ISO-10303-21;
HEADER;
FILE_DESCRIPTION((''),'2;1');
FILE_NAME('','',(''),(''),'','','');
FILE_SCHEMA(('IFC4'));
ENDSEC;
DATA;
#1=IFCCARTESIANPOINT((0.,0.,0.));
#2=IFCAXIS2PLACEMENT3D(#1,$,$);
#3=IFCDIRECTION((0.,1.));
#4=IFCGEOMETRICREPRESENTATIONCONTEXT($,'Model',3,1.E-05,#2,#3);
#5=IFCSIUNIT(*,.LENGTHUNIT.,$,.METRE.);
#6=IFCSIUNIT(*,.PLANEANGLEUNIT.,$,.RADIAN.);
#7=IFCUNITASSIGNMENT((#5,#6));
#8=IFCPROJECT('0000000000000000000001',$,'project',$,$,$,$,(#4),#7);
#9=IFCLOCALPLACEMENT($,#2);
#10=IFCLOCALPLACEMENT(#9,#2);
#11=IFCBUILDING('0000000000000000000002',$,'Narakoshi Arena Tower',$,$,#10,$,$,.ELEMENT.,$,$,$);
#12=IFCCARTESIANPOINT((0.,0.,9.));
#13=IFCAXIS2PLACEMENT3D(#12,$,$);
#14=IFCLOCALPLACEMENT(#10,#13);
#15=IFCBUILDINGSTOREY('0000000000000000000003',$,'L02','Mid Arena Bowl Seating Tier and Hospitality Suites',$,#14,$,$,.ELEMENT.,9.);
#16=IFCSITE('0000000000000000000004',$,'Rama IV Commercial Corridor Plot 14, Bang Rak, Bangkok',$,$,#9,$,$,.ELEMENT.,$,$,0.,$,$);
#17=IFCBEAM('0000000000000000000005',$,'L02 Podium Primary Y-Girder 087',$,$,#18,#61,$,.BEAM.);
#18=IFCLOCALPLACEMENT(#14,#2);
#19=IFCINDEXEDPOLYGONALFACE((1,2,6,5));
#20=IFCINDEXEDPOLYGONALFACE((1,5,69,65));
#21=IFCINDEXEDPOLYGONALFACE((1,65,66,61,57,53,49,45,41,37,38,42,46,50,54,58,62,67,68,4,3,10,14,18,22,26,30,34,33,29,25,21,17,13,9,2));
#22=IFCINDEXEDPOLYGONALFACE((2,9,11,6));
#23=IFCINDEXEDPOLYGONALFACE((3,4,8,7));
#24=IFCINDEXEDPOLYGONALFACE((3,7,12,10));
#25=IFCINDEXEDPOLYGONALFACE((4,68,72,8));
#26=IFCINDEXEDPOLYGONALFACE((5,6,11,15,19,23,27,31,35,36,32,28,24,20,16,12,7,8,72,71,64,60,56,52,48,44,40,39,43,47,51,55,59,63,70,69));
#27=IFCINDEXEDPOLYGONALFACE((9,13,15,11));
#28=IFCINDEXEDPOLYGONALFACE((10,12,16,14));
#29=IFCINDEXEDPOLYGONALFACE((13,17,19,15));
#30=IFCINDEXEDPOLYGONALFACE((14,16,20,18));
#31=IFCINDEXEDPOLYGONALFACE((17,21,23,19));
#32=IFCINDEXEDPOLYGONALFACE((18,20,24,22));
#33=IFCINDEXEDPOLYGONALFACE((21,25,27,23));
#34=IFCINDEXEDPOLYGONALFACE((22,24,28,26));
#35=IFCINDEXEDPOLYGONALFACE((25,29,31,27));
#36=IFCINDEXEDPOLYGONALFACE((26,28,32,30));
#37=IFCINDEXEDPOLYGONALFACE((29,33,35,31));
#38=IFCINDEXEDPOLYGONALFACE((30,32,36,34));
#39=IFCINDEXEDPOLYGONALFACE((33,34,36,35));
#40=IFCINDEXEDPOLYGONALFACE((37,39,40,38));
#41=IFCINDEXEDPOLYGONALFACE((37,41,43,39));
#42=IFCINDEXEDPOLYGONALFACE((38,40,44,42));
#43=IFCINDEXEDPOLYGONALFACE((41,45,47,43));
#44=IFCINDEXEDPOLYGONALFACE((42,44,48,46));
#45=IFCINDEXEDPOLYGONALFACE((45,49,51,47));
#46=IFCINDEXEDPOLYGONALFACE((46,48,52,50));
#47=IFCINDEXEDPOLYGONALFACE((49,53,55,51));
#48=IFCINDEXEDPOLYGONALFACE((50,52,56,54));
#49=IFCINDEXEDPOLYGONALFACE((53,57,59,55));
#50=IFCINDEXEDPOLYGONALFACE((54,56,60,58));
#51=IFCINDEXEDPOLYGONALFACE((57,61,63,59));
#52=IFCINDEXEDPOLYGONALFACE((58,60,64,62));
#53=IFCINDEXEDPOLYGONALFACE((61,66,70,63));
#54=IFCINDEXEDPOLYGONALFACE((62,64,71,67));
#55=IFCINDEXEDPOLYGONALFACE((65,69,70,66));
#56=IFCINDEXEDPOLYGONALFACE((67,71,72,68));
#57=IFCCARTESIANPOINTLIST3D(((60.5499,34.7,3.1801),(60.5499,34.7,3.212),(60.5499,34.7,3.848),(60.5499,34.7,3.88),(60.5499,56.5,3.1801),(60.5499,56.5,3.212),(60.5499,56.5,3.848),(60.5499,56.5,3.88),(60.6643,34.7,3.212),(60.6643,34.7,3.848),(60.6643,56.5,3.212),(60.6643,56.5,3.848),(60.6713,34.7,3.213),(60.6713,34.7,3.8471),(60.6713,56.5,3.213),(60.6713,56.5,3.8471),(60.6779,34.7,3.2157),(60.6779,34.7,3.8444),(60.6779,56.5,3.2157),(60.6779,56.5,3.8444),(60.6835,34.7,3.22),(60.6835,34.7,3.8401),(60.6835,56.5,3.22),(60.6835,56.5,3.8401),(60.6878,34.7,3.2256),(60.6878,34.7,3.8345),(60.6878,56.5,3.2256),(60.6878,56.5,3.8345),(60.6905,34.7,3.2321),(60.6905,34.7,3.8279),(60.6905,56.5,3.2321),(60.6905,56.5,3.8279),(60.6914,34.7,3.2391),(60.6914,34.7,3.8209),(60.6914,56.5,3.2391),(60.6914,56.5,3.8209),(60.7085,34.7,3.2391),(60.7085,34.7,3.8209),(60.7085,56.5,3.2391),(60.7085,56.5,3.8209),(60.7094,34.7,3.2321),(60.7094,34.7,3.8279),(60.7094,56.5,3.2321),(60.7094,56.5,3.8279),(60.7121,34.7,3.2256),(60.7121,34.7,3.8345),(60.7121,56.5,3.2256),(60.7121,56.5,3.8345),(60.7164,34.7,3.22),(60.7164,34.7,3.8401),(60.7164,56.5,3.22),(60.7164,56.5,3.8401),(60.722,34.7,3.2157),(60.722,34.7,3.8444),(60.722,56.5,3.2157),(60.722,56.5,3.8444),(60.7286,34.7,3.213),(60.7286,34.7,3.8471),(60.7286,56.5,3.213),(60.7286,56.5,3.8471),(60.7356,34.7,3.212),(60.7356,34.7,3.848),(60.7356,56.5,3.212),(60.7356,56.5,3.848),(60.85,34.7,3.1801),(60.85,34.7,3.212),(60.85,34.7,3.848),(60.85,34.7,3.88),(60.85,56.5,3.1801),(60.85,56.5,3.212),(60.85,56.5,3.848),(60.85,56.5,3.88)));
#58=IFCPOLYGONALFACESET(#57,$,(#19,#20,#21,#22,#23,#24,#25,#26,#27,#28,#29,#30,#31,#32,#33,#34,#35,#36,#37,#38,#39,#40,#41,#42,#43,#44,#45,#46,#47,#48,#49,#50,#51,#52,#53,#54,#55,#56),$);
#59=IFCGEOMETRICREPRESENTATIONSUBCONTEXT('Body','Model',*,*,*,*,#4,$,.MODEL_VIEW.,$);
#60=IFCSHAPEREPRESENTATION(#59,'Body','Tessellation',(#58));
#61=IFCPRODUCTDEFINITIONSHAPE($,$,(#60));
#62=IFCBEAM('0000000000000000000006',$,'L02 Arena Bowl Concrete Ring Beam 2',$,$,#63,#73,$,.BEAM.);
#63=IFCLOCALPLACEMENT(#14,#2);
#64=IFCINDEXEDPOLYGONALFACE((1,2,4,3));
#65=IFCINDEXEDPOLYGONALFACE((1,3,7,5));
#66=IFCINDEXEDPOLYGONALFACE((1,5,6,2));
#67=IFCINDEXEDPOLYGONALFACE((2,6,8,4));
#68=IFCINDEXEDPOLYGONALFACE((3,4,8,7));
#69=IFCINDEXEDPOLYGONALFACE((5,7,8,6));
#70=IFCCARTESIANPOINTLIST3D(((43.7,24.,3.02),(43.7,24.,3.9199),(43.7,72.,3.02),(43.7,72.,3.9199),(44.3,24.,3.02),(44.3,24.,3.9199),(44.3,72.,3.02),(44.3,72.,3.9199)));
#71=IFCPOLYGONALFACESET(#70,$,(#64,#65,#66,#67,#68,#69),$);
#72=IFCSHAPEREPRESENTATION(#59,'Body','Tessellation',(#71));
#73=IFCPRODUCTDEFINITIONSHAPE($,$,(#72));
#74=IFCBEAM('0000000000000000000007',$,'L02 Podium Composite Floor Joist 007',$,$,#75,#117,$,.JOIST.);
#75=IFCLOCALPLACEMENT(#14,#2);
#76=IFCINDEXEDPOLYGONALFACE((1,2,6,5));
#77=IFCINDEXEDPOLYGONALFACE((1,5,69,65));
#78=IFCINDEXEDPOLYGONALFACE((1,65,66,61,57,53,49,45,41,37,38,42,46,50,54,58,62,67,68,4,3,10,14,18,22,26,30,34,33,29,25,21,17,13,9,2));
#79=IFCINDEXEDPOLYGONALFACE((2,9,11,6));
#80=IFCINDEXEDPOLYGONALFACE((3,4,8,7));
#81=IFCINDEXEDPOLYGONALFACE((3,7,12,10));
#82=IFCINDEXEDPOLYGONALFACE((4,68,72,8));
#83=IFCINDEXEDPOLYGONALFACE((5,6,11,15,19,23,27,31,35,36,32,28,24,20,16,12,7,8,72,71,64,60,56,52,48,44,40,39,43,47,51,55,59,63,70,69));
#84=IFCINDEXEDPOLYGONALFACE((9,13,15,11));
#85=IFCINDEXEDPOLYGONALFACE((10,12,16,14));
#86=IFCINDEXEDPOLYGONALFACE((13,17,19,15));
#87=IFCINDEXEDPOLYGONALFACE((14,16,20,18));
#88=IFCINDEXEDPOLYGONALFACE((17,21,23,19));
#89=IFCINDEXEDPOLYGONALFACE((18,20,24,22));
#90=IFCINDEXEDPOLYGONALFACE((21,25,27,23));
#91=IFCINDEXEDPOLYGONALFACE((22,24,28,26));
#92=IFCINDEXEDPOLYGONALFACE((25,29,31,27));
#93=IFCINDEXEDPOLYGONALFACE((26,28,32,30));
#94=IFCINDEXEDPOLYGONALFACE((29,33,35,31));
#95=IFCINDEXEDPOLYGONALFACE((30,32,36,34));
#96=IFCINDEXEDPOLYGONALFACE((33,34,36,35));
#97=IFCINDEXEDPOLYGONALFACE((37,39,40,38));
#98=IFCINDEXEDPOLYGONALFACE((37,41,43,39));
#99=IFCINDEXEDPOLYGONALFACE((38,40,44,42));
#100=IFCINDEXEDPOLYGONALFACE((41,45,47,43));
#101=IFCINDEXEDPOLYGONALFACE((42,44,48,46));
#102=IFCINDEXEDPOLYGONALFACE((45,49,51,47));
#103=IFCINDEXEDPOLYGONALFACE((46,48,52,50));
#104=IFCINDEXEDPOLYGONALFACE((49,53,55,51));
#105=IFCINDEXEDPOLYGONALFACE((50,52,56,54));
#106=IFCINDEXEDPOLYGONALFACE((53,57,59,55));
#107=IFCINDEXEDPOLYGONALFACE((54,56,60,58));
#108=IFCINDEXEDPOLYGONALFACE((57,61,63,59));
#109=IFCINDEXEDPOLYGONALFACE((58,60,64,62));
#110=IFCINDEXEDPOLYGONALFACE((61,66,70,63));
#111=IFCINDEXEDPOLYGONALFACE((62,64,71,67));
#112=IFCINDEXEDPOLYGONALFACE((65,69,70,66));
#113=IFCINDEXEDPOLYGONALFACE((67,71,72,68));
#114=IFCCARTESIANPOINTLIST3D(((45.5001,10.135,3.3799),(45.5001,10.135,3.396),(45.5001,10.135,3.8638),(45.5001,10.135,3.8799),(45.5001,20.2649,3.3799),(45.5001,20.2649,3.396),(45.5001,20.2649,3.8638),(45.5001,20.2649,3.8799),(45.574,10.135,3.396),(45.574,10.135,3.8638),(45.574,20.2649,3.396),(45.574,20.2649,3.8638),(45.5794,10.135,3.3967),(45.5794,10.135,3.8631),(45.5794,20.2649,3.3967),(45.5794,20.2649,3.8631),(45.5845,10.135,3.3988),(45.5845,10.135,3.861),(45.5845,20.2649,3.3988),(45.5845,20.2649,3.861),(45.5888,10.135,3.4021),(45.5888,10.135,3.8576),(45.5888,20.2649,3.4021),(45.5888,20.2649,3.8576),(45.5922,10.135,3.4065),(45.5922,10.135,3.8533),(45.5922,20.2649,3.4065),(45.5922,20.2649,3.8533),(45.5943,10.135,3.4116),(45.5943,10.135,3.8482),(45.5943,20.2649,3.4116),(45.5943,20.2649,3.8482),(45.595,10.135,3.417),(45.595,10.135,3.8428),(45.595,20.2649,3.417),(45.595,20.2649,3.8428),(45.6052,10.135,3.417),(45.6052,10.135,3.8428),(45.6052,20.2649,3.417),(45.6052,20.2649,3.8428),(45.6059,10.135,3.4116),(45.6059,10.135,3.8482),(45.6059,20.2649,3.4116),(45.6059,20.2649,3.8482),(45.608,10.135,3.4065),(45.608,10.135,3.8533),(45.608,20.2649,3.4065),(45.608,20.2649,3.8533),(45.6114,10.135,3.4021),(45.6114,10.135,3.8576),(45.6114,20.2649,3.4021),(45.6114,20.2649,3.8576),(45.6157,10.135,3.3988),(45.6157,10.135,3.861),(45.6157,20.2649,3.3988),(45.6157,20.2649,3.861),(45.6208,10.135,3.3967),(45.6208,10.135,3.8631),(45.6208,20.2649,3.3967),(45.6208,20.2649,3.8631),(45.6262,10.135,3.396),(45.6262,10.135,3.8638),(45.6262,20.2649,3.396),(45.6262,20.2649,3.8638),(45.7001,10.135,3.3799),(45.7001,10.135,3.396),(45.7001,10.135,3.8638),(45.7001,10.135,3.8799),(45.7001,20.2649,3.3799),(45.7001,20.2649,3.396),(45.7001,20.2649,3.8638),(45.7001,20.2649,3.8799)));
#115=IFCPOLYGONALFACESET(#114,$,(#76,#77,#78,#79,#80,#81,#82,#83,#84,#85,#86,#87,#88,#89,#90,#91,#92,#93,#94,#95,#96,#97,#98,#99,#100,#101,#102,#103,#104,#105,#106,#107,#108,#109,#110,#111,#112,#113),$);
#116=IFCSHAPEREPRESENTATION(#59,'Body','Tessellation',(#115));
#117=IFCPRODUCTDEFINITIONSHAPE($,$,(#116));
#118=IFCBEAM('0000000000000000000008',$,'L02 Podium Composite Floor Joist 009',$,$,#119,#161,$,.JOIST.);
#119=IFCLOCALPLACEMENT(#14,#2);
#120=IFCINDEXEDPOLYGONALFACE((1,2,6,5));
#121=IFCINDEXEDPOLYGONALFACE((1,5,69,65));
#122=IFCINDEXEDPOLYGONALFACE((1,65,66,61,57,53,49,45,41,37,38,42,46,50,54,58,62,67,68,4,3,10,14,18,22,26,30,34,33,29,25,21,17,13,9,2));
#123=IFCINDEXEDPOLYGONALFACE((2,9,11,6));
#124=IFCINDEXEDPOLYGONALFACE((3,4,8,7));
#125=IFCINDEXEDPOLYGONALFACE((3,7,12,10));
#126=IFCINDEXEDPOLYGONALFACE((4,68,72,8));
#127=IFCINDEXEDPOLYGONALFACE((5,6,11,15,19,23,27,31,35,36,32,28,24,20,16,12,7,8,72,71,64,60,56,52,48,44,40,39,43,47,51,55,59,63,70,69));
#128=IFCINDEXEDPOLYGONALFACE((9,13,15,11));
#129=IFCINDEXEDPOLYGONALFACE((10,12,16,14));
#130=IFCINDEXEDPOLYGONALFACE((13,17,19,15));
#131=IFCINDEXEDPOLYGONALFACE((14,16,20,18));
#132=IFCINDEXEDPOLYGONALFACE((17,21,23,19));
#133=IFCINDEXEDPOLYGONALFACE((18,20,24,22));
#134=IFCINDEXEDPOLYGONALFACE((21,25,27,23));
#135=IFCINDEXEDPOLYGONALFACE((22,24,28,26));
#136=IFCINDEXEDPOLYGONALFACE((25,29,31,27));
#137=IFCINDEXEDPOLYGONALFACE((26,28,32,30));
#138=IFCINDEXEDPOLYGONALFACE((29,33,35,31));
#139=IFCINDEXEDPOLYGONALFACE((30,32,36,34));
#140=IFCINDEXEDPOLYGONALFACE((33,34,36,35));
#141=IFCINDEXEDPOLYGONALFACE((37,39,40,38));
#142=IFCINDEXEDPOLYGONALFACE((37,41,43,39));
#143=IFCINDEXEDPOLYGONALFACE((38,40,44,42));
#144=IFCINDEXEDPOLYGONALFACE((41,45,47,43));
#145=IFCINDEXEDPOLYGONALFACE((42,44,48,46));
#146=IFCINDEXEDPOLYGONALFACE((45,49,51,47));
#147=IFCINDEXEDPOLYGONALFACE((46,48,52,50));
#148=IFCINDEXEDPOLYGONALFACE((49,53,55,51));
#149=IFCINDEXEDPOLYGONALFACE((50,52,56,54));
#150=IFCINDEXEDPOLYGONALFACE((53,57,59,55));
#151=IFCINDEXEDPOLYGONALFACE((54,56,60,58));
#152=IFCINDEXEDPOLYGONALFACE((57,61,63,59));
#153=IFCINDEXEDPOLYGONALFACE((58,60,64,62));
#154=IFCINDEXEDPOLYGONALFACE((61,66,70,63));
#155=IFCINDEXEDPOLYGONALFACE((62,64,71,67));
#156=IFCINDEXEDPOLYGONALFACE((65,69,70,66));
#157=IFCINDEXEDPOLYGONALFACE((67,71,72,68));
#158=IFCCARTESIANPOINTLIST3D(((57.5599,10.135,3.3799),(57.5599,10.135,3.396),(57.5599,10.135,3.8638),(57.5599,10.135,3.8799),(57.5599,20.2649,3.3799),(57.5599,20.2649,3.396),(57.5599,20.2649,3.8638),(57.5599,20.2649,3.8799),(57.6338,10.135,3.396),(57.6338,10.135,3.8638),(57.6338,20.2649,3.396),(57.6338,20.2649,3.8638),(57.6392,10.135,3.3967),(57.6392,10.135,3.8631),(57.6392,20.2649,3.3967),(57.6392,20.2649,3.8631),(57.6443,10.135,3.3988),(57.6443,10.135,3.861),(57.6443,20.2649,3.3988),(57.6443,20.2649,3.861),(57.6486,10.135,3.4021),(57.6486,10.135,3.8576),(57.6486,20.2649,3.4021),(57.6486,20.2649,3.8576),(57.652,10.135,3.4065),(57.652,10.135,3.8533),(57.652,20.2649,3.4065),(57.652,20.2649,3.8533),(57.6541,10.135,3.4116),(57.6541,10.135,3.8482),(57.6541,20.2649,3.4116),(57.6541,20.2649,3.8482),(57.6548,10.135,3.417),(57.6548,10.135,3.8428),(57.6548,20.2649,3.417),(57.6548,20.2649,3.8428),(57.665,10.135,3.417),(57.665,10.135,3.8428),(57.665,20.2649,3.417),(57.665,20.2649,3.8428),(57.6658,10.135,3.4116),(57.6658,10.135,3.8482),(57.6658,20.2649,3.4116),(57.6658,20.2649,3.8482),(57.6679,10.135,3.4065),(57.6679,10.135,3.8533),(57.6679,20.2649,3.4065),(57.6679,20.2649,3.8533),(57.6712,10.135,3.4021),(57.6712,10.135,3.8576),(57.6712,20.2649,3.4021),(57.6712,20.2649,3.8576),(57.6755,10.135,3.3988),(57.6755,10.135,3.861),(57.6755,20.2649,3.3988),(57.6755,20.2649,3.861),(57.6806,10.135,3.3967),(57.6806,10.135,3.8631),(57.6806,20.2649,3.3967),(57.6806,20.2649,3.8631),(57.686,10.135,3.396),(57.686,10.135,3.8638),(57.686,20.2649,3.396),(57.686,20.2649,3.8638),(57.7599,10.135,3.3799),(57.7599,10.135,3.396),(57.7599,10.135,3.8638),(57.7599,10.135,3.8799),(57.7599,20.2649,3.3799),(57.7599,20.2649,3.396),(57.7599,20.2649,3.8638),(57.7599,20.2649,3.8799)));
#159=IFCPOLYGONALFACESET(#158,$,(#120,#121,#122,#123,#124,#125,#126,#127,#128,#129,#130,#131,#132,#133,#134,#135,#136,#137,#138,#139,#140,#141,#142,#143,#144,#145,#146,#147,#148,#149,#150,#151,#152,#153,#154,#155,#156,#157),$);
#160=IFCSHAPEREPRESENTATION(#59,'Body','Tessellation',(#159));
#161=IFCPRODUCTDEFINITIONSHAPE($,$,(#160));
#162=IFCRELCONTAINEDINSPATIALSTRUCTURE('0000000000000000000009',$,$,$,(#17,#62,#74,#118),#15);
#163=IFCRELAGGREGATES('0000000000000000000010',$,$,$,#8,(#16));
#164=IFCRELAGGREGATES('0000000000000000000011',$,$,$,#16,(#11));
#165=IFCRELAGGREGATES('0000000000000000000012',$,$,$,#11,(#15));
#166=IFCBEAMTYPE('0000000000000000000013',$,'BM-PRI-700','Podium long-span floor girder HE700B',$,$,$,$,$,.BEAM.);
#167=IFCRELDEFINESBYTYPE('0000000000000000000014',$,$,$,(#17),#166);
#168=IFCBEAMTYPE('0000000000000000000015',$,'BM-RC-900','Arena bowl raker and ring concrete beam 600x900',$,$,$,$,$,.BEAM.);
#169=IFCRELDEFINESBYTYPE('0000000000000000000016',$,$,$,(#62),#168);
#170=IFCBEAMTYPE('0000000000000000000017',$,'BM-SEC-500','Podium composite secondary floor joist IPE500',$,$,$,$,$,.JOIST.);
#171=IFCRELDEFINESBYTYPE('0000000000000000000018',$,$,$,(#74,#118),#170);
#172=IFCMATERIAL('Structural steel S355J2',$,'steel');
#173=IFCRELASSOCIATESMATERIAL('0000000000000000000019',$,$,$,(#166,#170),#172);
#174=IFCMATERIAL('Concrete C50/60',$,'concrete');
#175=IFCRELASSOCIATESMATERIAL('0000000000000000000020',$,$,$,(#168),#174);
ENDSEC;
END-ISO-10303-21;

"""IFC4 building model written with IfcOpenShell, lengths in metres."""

from ifc_helpers import new_model, si_unit, direction, frame, origin, origin_2d, place, context, subcontext, project, spatial, rectangle, i_section, extrude, material, material_profile, profile_set, type_object, element, save


model = new_model("IFC4")

# Units and contexts
model_context = context("Model", 3, precision=1e-05, world=origin(), true_north=direction((0.0, 1.0)))
body_context = subcontext(model_context, "Body", "Model", "MODEL_VIEW")
ifc_project = project(units=[si_unit("LENGTHUNIT", "METRE"), si_unit("PLANEANGLEUNIT", "RADIAN")], contexts=[model_context])

# Site, building, storey
site_placement = place(None, origin())
site = spatial("IfcSite", under=ifc_project, at=site_placement, Name="Rama IV Commercial Corridor Plot 14, Bang Rak, Bangkok", CompositionType="ELEMENT", RefElevation=0.0)
building_placement = place(site_placement, origin())
building = spatial("IfcBuilding", under=site, at=building_placement, Name="Narakoshi Arena Tower", CompositionType="ELEMENT")
storey_placement = place(building_placement, frame((0.0, 0.0, 9.0)))
storey = spatial("IfcBuildingStorey", under=building, at=storey_placement, Name="L02", Description="Mid Arena Bowl Seating Tier and Hospitality Suites", CompositionType="ELEMENT", Elevation=9.0)

# Shared definitions
ifc_material_1 = material(Name="Concrete C50/60", Category="concrete")

# Beams
ifc_material_2 = material(Name="Structural steel S355J2", Category="steel")
ifc_material_profile_1 = material_profile(ifc_material_2, i_section(OverallWidth=0.3, OverallDepth=0.7, WebThickness=0.0171, FlangeThickness=0.032, FilletRadius=0.0271, at=origin_2d()), Name="HE700B")
ifc_profile_set_1 = profile_set([ifc_material_profile_1], Name="Structural steel S355J2")
beam_type_1 = type_object("IfcBeamType", Name="BM-PRI-700", Description="Podium long-span floor girder HE700B", PredefinedType="BEAM", material=ifc_profile_set_1)
beam_1_placement = place(storey_placement, frame((60.7, 34.7, 3.53), z_axis=(0.0, 1.0, 0.0), x_axis=(-1.0, 0.0, 0.0)))
element("IfcBeam", 1, at=beam_1_placement, inside=storey, type_object=beam_type_1, Name="L02 Podium Primary Y-Girder 087", PredefinedType="BEAM", context=body_context, shape_type="SweptSolid", body=[
    extrude(i_section(OverallWidth=0.3, OverallDepth=0.7, WebThickness=0.0171, FlangeThickness=0.032, FilletRadius=0.0271, at=origin_2d()), origin(), (0.0, 0.0, 1.0), 21.8),
])
ifc_material_profile_2 = material_profile(ifc_material_1, rectangle(XDim=0.6001, YDim=0.8999, at=origin_2d()), Name="RCB600x900")
ifc_profile_set_2 = profile_set([ifc_material_profile_2], Name="Concrete C50/60")
beam_type_2 = type_object("IfcBeamType", Name="BM-RC-900", Description="Arena bowl raker and ring concrete beam 600x900", PredefinedType="BEAM", material=ifc_profile_set_2)
beam_2_placement = place(storey_placement, frame((44.0, 24.0, 3.47), z_axis=(0.0, 1.0, 0.0), x_axis=(-1.0, 0.0, 0.0)))
element("IfcBeam", 2, at=beam_2_placement, inside=storey, type_object=beam_type_2, Name="L02 Arena Bowl Concrete Ring Beam 2", PredefinedType="BEAM", context=body_context, shape_type="SweptSolid", body=[
    extrude(rectangle(XDim=0.6001, YDim=0.8999, at=origin_2d()), origin(), (0.0, 0.0, 1.0), 48.0),
])
ifc_material_profile_3 = material_profile(ifc_material_2, i_section(OverallWidth=0.2, OverallDepth=0.5, WebThickness=0.0103, FlangeThickness=0.0161, FilletRadius=0.021, at=origin_2d()), Name="IPE500")
ifc_profile_set_3 = profile_set([ifc_material_profile_3], Name="Structural steel S355J2")
beam_type_3 = type_object("IfcBeamType", Name="BM-SEC-500", Description="Podium composite secondary floor joist IPE500", PredefinedType="JOIST", material=ifc_profile_set_3)
for number, where, z_axis, x_axis, name in (
    (3, (45.6001, 10.135, 3.6299), (0.0, 1.0, 0.0), (-1.0, 0.0, 0.0), "L02 Podium Composite Floor Joist 007"),
    (4, (57.6599, 10.135, 3.6299), (0.0, 1.0, 0.0), (-1.0, 0.0, 0.0), "L02 Podium Composite Floor Joist 009"),
):
    element("IfcBeam", number, at=place(storey_placement, frame(where, z_axis=z_axis, x_axis=x_axis)), inside=storey, type_object=beam_type_3, Name=name, PredefinedType="JOIST", context=body_context, shape_type="SweptSolid", body=[
        extrude(i_section(OverallWidth=0.2, OverallDepth=0.5, WebThickness=0.0103, FlangeThickness=0.0161, FilletRadius=0.021, at=origin_2d()), origin(), (0.0, 0.0, 1.0), 10.1299),
    ])

save(model, "model.ifc")
